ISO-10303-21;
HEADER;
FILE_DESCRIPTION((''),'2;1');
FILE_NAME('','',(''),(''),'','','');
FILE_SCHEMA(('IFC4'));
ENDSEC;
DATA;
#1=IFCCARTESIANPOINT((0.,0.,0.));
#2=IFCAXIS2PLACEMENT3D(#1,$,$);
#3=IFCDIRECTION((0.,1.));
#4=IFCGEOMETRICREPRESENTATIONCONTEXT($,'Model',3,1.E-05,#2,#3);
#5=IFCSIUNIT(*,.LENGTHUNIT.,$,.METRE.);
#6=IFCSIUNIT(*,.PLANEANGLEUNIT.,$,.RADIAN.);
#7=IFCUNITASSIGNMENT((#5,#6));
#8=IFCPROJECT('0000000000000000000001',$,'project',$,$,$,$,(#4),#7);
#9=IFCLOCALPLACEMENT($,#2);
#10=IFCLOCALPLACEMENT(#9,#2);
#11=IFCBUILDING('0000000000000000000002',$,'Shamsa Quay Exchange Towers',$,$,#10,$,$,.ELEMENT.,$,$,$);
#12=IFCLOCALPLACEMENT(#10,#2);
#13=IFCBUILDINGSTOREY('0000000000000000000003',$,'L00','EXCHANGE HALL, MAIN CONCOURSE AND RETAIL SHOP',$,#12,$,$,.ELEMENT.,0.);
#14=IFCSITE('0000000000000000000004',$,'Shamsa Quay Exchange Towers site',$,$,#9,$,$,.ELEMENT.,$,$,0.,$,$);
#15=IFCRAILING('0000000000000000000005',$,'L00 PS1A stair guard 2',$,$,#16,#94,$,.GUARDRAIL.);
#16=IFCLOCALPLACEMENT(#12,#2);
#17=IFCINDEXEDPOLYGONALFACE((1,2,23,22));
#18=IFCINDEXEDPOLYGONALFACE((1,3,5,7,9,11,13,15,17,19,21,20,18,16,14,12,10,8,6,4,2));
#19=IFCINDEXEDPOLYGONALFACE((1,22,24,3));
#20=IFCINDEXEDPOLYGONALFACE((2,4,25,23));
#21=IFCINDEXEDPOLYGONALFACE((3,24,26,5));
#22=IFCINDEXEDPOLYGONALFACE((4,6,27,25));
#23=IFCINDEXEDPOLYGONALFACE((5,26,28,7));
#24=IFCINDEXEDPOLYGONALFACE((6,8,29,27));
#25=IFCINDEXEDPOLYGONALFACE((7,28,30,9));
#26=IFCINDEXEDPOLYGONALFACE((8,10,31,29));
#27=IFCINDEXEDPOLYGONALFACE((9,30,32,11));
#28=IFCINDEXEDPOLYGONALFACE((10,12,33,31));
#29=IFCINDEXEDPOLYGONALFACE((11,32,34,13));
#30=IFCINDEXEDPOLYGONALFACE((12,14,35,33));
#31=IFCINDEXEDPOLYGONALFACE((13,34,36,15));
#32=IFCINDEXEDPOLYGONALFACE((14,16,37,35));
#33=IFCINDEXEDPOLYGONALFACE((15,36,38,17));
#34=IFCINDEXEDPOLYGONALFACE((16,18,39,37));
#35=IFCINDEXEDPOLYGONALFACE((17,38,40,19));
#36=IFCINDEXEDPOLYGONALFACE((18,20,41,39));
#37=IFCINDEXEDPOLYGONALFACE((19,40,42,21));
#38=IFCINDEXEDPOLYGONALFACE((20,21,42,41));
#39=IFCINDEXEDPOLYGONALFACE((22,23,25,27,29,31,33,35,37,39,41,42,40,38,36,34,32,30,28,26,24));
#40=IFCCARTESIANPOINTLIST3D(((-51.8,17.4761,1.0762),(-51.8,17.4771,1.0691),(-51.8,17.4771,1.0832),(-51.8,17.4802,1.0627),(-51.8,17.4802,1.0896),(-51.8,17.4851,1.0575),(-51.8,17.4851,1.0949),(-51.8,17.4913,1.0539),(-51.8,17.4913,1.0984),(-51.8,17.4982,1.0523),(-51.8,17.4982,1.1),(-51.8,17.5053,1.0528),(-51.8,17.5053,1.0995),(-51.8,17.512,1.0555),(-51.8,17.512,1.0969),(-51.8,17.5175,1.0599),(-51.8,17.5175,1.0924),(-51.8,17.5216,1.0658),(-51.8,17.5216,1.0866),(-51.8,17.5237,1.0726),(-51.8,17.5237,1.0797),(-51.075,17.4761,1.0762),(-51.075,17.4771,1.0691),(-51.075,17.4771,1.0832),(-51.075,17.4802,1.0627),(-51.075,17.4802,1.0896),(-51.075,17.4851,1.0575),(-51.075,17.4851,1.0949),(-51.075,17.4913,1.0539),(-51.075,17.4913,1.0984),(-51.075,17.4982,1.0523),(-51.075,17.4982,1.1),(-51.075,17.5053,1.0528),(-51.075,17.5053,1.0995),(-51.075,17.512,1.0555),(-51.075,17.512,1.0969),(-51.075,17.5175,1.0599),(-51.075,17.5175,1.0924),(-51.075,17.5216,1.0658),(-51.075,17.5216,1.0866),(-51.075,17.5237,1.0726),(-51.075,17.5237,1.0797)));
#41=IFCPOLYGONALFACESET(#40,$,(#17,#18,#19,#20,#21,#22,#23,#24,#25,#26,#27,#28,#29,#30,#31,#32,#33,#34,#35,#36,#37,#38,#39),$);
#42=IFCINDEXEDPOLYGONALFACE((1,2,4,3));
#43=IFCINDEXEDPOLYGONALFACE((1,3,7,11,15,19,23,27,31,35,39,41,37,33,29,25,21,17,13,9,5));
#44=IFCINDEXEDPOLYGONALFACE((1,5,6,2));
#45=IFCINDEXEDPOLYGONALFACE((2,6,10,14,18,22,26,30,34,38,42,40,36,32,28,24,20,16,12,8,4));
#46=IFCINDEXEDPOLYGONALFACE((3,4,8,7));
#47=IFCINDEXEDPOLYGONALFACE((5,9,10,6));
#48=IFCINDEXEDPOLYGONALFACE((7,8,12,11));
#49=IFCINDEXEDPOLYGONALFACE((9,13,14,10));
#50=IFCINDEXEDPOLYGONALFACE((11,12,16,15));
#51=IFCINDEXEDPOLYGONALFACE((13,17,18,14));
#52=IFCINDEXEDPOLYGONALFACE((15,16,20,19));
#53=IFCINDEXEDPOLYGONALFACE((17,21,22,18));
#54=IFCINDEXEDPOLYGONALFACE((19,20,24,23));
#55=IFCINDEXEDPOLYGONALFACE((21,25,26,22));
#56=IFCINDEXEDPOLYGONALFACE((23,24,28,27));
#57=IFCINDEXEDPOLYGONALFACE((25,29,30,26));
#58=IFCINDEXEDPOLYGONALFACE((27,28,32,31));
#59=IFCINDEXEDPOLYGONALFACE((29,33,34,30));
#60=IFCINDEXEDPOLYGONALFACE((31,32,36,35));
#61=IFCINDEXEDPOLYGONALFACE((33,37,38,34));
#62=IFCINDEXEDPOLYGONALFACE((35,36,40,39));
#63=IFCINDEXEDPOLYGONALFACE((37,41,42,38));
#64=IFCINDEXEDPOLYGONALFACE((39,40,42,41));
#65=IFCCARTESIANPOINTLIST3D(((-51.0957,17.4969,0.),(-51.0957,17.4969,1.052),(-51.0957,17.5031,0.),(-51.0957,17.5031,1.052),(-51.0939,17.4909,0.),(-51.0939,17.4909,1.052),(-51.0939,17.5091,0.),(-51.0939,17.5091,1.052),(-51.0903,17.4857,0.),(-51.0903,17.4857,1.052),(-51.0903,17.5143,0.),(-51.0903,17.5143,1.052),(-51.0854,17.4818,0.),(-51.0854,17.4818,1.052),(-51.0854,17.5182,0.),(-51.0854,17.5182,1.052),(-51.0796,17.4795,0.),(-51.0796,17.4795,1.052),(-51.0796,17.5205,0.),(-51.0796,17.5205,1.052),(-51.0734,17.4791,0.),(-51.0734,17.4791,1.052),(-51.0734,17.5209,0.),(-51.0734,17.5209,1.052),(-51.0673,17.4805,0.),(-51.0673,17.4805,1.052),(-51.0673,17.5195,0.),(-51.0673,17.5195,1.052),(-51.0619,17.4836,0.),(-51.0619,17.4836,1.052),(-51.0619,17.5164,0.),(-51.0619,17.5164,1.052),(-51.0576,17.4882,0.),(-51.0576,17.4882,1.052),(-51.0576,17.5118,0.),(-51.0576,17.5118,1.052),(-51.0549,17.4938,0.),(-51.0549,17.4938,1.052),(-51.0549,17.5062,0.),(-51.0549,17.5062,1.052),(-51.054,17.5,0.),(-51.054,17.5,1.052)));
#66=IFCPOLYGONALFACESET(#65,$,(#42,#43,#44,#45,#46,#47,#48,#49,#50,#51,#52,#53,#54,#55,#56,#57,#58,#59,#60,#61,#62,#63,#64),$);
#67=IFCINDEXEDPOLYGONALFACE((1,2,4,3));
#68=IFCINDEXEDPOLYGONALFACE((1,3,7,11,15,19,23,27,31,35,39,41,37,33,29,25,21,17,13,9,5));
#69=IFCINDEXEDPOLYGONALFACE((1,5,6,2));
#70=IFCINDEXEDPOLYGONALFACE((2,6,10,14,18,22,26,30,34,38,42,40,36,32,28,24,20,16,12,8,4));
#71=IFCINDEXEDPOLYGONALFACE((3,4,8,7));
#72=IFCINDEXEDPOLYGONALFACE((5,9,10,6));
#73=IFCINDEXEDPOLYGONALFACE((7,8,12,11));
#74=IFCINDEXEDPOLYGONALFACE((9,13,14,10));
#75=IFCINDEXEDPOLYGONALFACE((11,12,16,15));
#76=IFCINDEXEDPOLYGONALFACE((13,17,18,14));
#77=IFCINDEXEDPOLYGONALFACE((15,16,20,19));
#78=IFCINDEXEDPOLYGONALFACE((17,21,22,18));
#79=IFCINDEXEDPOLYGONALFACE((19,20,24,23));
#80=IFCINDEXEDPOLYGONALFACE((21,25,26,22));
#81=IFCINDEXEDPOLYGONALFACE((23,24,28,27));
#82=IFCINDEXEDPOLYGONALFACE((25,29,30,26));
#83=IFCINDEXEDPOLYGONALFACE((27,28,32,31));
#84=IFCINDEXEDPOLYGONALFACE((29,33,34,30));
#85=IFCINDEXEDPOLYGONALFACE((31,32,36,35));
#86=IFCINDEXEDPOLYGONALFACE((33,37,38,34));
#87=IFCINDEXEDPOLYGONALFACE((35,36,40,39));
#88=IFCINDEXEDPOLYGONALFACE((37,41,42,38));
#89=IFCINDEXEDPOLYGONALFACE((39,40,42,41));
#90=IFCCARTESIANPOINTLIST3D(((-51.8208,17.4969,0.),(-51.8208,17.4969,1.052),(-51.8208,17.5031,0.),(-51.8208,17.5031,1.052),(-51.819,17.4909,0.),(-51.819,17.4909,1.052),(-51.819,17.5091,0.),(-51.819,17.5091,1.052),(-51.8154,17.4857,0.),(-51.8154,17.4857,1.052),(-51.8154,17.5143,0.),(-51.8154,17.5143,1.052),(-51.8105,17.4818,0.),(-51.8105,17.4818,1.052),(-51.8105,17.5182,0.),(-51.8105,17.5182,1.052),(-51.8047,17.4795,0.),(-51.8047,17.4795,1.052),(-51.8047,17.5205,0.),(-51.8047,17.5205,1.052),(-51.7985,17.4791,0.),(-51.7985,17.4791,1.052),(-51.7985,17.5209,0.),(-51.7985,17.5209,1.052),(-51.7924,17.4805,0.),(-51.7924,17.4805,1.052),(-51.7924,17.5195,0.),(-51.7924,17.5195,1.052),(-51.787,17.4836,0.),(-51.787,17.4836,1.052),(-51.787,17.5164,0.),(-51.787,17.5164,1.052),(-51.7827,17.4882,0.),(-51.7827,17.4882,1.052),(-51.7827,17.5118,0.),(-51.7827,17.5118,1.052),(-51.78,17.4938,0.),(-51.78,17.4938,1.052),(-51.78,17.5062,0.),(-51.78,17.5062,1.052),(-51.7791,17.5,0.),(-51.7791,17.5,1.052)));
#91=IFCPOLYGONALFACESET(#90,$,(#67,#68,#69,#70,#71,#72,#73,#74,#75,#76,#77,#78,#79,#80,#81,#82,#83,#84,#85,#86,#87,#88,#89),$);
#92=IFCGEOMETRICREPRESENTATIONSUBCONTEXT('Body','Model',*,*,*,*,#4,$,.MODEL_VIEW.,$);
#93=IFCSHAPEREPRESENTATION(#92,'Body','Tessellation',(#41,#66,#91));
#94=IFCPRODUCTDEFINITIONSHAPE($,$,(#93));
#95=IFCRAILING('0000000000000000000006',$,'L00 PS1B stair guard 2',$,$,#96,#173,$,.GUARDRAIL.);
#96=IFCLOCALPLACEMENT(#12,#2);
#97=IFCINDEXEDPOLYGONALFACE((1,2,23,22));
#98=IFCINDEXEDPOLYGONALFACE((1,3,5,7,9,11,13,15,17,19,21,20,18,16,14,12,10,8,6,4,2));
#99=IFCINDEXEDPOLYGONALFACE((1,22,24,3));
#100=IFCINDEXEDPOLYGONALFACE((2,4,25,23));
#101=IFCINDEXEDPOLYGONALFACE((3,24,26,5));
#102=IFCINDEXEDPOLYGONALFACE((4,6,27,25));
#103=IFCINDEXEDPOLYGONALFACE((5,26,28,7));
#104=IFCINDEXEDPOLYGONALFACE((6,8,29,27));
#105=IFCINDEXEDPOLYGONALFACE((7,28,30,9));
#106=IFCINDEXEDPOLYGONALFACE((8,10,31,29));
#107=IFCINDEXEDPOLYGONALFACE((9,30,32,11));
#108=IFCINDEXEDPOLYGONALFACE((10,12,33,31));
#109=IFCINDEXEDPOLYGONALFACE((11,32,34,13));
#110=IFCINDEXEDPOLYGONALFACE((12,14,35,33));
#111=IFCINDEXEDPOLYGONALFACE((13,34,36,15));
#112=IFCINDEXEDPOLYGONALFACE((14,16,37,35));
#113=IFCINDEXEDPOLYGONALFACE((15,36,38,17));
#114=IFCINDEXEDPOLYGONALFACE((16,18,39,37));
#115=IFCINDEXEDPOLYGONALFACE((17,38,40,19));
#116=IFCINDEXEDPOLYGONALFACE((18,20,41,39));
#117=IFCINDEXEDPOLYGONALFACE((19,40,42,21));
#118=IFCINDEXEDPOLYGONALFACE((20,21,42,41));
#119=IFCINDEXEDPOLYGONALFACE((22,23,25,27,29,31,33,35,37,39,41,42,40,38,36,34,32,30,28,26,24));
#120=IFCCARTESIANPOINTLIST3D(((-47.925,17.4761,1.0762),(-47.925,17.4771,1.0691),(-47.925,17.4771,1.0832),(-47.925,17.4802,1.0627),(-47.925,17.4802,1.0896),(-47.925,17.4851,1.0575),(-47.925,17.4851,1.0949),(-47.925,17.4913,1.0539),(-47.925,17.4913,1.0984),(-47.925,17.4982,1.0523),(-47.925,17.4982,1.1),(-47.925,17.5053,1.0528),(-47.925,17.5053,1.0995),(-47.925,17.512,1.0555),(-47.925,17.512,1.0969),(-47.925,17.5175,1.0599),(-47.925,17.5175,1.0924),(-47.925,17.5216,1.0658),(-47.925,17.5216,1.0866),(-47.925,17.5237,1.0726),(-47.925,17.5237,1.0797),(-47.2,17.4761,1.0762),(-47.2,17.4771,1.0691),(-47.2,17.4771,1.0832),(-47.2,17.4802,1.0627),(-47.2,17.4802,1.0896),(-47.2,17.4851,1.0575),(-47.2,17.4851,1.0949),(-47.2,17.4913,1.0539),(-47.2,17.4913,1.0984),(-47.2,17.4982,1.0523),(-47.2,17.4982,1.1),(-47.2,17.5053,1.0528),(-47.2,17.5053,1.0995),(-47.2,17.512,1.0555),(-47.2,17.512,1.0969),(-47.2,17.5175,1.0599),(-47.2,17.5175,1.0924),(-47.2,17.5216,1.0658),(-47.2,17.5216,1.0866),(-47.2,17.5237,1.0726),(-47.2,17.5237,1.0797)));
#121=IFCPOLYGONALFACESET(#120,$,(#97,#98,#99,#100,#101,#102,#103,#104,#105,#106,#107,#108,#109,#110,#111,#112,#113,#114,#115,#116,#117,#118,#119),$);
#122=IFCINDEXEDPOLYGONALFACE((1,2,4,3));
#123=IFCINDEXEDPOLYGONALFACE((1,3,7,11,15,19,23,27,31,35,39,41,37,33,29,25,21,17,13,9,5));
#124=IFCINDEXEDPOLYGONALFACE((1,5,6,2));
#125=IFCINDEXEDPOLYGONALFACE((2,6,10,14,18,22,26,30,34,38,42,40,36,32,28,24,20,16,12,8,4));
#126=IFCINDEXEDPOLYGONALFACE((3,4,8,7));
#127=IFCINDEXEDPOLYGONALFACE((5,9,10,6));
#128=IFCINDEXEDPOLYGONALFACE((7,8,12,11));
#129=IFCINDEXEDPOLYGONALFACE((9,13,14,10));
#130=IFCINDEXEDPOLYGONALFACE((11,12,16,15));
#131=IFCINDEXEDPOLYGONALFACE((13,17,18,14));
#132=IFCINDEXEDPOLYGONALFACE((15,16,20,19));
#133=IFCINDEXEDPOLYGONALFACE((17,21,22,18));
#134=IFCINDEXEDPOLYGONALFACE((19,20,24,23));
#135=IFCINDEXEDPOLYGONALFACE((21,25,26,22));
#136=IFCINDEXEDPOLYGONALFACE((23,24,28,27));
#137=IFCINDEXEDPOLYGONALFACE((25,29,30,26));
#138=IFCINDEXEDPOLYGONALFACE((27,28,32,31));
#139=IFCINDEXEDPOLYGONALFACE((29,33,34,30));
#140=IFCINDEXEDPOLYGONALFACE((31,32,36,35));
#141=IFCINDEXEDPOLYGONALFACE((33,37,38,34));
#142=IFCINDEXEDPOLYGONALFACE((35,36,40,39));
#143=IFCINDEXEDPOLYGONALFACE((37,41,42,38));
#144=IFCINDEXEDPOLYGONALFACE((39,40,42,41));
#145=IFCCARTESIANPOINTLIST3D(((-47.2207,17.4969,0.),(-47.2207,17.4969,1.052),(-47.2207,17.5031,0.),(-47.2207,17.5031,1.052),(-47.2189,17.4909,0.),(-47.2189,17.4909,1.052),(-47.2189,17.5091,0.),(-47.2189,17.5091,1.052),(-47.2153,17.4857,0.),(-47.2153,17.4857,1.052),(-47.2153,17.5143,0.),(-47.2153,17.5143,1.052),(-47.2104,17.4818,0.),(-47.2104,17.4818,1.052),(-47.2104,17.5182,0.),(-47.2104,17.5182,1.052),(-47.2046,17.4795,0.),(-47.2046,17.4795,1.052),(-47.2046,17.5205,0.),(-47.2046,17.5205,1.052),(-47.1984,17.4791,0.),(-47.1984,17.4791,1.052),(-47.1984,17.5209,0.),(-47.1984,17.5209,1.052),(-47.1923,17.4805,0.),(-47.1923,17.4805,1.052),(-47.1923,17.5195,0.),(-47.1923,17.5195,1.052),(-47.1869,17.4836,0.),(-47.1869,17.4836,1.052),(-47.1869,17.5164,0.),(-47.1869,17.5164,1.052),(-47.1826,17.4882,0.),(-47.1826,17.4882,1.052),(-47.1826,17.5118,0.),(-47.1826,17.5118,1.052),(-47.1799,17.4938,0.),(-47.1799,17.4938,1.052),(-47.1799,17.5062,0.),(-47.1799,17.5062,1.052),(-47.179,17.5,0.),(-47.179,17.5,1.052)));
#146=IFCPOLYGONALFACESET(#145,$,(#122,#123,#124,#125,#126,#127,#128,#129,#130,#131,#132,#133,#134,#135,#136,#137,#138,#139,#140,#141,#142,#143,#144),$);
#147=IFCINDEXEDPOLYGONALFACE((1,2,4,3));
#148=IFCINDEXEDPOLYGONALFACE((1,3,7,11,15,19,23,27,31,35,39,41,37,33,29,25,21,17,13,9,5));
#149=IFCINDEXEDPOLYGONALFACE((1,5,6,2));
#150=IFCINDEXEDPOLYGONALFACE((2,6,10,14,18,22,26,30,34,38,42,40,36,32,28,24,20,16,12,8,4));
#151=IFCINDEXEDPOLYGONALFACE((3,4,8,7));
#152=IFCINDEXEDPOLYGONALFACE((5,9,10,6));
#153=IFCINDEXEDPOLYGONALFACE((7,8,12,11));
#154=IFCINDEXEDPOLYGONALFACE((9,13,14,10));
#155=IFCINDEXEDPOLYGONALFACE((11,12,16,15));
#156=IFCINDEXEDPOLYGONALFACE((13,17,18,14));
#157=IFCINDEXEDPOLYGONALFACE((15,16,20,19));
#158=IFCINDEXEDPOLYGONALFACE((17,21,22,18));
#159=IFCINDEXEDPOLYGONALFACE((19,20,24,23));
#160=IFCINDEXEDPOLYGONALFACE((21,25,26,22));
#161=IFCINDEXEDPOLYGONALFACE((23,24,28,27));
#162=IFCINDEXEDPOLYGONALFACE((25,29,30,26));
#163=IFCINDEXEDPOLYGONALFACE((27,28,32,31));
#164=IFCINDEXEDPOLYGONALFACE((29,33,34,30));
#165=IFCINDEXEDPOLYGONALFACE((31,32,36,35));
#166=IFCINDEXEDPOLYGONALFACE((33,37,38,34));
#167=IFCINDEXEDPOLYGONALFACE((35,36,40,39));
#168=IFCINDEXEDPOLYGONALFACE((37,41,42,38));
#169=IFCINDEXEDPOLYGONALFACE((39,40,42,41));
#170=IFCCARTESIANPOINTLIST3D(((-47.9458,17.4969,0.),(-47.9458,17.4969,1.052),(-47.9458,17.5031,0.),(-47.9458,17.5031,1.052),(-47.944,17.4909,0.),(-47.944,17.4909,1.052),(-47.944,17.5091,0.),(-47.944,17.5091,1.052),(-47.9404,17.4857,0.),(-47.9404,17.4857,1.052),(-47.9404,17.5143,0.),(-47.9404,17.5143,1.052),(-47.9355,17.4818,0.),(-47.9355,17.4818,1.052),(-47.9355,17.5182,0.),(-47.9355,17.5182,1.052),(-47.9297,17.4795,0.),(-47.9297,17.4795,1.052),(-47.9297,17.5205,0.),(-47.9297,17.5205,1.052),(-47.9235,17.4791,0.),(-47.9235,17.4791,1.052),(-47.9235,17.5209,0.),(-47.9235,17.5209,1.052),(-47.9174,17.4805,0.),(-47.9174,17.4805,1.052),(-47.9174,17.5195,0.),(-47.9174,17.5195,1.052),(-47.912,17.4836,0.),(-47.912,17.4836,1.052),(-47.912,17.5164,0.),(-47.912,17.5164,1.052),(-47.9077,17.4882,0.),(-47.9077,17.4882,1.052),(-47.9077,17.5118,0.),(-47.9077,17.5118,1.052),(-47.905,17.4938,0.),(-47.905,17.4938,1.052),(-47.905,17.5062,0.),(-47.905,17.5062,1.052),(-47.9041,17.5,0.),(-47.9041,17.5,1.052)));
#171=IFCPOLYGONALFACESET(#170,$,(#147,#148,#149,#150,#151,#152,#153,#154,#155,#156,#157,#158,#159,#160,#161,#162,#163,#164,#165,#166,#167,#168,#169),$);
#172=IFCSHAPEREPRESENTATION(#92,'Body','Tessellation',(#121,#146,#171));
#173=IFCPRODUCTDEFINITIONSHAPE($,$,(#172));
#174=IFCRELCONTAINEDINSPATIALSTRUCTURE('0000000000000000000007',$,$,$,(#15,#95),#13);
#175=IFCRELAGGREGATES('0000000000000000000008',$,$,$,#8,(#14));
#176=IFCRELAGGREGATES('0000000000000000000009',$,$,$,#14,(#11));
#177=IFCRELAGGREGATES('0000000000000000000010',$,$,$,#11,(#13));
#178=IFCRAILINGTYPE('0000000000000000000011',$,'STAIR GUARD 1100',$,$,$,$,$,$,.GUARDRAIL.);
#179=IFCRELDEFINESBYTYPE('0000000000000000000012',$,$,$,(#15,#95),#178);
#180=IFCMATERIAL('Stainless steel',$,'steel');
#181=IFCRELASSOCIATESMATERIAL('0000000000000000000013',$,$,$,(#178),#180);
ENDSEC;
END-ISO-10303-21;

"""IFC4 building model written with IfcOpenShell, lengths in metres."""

from ifc_helpers import new_model, si_unit, direction, frame, origin, origin_2d, place, context, subcontext, project, spatial, circle, extrude, material, type_object, element, save


model = new_model("IFC4")

# Units and contexts
model_context = context("Model", 3, precision=1e-05, world=origin(), true_north=direction((0.0, 1.0)))
body_context = subcontext(model_context, "Body", "Model", "MODEL_VIEW")
ifc_project = project(units=[si_unit("LENGTHUNIT", "METRE"), si_unit("PLANEANGLEUNIT", "RADIAN")], contexts=[model_context])

# Site, building, storey
site_placement = place(None, origin())
site = spatial("IfcSite", under=ifc_project, at=site_placement, Name="Shamsa Quay Exchange Towers site", CompositionType="ELEMENT", RefElevation=0.0)
building_placement = place(site_placement, origin())
building = spatial("IfcBuilding", under=site, at=building_placement, Name="Shamsa Quay Exchange Towers", CompositionType="ELEMENT")
storey_placement = place(building_placement, origin())
storey = spatial("IfcBuildingStorey", under=building, at=storey_placement, Name="L00", Description="EXCHANGE HALL, MAIN CONCOURSE AND RETAIL SHOP", CompositionType="ELEMENT", Elevation=0.0)

# Railings
ifc_material_1 = material(Name="Stainless steel", Category="steel")
railing_type_1 = type_object("IfcRailingType", Name="STAIR GUARD 1100", PredefinedType="GUARDRAIL", material=ifc_material_1)
railing_1_placement = place(storey_placement, frame((-51.075, 17.5, 0.0)))
element("IfcRailing", 1, at=railing_1_placement, inside=storey, type_object=railing_type_1, Name="L00 PS1A stair guard 2", PredefinedType="GUARDRAIL", context=body_context, shape_type="SweptSolid", body=[
    extrude(circle(Radius=0.0239, at=origin_2d()), frame((0.0, 0.0, 1.0762), z_axis=(-1.0, 0.0, 0.0), x_axis=(0.0, -1.0, 0.0)), (0.0, 0.0, 1.0), 0.7251),
    extrude(circle(Radius=0.021, at=origin_2d()), origin(), (0.0, 0.0, 1.0), 1.052),
    extrude(circle(Radius=0.021, at=origin_2d()), frame((-0.7251, 0.0, 0.0)), (0.0, 0.0, 1.0), 1.052),
])
railing_2_placement = place(storey_placement, frame((-47.2, 17.5, 0.0)))
element("IfcRailing", 2, at=railing_2_placement, inside=storey, type_object=railing_type_1, Name="L00 PS1B stair guard 2", PredefinedType="GUARDRAIL", context=body_context, shape_type="SweptSolid", body=[
    extrude(circle(Radius=0.0239, at=origin_2d()), frame((0.0, 0.0, 1.0762), z_axis=(-1.0, 0.0, 0.0), x_axis=(0.0, -1.0, 0.0)), (0.0, 0.0, 1.0), 0.7251),
    extrude(circle(Radius=0.021, at=origin_2d()), origin(), (0.0, 0.0, 1.0), 1.052),
    extrude(circle(Radius=0.021, at=origin_2d()), frame((-0.7251, 0.0, 0.0)), (0.0, 0.0, 1.0), 1.052),
])

save(model, "model.ifc")
